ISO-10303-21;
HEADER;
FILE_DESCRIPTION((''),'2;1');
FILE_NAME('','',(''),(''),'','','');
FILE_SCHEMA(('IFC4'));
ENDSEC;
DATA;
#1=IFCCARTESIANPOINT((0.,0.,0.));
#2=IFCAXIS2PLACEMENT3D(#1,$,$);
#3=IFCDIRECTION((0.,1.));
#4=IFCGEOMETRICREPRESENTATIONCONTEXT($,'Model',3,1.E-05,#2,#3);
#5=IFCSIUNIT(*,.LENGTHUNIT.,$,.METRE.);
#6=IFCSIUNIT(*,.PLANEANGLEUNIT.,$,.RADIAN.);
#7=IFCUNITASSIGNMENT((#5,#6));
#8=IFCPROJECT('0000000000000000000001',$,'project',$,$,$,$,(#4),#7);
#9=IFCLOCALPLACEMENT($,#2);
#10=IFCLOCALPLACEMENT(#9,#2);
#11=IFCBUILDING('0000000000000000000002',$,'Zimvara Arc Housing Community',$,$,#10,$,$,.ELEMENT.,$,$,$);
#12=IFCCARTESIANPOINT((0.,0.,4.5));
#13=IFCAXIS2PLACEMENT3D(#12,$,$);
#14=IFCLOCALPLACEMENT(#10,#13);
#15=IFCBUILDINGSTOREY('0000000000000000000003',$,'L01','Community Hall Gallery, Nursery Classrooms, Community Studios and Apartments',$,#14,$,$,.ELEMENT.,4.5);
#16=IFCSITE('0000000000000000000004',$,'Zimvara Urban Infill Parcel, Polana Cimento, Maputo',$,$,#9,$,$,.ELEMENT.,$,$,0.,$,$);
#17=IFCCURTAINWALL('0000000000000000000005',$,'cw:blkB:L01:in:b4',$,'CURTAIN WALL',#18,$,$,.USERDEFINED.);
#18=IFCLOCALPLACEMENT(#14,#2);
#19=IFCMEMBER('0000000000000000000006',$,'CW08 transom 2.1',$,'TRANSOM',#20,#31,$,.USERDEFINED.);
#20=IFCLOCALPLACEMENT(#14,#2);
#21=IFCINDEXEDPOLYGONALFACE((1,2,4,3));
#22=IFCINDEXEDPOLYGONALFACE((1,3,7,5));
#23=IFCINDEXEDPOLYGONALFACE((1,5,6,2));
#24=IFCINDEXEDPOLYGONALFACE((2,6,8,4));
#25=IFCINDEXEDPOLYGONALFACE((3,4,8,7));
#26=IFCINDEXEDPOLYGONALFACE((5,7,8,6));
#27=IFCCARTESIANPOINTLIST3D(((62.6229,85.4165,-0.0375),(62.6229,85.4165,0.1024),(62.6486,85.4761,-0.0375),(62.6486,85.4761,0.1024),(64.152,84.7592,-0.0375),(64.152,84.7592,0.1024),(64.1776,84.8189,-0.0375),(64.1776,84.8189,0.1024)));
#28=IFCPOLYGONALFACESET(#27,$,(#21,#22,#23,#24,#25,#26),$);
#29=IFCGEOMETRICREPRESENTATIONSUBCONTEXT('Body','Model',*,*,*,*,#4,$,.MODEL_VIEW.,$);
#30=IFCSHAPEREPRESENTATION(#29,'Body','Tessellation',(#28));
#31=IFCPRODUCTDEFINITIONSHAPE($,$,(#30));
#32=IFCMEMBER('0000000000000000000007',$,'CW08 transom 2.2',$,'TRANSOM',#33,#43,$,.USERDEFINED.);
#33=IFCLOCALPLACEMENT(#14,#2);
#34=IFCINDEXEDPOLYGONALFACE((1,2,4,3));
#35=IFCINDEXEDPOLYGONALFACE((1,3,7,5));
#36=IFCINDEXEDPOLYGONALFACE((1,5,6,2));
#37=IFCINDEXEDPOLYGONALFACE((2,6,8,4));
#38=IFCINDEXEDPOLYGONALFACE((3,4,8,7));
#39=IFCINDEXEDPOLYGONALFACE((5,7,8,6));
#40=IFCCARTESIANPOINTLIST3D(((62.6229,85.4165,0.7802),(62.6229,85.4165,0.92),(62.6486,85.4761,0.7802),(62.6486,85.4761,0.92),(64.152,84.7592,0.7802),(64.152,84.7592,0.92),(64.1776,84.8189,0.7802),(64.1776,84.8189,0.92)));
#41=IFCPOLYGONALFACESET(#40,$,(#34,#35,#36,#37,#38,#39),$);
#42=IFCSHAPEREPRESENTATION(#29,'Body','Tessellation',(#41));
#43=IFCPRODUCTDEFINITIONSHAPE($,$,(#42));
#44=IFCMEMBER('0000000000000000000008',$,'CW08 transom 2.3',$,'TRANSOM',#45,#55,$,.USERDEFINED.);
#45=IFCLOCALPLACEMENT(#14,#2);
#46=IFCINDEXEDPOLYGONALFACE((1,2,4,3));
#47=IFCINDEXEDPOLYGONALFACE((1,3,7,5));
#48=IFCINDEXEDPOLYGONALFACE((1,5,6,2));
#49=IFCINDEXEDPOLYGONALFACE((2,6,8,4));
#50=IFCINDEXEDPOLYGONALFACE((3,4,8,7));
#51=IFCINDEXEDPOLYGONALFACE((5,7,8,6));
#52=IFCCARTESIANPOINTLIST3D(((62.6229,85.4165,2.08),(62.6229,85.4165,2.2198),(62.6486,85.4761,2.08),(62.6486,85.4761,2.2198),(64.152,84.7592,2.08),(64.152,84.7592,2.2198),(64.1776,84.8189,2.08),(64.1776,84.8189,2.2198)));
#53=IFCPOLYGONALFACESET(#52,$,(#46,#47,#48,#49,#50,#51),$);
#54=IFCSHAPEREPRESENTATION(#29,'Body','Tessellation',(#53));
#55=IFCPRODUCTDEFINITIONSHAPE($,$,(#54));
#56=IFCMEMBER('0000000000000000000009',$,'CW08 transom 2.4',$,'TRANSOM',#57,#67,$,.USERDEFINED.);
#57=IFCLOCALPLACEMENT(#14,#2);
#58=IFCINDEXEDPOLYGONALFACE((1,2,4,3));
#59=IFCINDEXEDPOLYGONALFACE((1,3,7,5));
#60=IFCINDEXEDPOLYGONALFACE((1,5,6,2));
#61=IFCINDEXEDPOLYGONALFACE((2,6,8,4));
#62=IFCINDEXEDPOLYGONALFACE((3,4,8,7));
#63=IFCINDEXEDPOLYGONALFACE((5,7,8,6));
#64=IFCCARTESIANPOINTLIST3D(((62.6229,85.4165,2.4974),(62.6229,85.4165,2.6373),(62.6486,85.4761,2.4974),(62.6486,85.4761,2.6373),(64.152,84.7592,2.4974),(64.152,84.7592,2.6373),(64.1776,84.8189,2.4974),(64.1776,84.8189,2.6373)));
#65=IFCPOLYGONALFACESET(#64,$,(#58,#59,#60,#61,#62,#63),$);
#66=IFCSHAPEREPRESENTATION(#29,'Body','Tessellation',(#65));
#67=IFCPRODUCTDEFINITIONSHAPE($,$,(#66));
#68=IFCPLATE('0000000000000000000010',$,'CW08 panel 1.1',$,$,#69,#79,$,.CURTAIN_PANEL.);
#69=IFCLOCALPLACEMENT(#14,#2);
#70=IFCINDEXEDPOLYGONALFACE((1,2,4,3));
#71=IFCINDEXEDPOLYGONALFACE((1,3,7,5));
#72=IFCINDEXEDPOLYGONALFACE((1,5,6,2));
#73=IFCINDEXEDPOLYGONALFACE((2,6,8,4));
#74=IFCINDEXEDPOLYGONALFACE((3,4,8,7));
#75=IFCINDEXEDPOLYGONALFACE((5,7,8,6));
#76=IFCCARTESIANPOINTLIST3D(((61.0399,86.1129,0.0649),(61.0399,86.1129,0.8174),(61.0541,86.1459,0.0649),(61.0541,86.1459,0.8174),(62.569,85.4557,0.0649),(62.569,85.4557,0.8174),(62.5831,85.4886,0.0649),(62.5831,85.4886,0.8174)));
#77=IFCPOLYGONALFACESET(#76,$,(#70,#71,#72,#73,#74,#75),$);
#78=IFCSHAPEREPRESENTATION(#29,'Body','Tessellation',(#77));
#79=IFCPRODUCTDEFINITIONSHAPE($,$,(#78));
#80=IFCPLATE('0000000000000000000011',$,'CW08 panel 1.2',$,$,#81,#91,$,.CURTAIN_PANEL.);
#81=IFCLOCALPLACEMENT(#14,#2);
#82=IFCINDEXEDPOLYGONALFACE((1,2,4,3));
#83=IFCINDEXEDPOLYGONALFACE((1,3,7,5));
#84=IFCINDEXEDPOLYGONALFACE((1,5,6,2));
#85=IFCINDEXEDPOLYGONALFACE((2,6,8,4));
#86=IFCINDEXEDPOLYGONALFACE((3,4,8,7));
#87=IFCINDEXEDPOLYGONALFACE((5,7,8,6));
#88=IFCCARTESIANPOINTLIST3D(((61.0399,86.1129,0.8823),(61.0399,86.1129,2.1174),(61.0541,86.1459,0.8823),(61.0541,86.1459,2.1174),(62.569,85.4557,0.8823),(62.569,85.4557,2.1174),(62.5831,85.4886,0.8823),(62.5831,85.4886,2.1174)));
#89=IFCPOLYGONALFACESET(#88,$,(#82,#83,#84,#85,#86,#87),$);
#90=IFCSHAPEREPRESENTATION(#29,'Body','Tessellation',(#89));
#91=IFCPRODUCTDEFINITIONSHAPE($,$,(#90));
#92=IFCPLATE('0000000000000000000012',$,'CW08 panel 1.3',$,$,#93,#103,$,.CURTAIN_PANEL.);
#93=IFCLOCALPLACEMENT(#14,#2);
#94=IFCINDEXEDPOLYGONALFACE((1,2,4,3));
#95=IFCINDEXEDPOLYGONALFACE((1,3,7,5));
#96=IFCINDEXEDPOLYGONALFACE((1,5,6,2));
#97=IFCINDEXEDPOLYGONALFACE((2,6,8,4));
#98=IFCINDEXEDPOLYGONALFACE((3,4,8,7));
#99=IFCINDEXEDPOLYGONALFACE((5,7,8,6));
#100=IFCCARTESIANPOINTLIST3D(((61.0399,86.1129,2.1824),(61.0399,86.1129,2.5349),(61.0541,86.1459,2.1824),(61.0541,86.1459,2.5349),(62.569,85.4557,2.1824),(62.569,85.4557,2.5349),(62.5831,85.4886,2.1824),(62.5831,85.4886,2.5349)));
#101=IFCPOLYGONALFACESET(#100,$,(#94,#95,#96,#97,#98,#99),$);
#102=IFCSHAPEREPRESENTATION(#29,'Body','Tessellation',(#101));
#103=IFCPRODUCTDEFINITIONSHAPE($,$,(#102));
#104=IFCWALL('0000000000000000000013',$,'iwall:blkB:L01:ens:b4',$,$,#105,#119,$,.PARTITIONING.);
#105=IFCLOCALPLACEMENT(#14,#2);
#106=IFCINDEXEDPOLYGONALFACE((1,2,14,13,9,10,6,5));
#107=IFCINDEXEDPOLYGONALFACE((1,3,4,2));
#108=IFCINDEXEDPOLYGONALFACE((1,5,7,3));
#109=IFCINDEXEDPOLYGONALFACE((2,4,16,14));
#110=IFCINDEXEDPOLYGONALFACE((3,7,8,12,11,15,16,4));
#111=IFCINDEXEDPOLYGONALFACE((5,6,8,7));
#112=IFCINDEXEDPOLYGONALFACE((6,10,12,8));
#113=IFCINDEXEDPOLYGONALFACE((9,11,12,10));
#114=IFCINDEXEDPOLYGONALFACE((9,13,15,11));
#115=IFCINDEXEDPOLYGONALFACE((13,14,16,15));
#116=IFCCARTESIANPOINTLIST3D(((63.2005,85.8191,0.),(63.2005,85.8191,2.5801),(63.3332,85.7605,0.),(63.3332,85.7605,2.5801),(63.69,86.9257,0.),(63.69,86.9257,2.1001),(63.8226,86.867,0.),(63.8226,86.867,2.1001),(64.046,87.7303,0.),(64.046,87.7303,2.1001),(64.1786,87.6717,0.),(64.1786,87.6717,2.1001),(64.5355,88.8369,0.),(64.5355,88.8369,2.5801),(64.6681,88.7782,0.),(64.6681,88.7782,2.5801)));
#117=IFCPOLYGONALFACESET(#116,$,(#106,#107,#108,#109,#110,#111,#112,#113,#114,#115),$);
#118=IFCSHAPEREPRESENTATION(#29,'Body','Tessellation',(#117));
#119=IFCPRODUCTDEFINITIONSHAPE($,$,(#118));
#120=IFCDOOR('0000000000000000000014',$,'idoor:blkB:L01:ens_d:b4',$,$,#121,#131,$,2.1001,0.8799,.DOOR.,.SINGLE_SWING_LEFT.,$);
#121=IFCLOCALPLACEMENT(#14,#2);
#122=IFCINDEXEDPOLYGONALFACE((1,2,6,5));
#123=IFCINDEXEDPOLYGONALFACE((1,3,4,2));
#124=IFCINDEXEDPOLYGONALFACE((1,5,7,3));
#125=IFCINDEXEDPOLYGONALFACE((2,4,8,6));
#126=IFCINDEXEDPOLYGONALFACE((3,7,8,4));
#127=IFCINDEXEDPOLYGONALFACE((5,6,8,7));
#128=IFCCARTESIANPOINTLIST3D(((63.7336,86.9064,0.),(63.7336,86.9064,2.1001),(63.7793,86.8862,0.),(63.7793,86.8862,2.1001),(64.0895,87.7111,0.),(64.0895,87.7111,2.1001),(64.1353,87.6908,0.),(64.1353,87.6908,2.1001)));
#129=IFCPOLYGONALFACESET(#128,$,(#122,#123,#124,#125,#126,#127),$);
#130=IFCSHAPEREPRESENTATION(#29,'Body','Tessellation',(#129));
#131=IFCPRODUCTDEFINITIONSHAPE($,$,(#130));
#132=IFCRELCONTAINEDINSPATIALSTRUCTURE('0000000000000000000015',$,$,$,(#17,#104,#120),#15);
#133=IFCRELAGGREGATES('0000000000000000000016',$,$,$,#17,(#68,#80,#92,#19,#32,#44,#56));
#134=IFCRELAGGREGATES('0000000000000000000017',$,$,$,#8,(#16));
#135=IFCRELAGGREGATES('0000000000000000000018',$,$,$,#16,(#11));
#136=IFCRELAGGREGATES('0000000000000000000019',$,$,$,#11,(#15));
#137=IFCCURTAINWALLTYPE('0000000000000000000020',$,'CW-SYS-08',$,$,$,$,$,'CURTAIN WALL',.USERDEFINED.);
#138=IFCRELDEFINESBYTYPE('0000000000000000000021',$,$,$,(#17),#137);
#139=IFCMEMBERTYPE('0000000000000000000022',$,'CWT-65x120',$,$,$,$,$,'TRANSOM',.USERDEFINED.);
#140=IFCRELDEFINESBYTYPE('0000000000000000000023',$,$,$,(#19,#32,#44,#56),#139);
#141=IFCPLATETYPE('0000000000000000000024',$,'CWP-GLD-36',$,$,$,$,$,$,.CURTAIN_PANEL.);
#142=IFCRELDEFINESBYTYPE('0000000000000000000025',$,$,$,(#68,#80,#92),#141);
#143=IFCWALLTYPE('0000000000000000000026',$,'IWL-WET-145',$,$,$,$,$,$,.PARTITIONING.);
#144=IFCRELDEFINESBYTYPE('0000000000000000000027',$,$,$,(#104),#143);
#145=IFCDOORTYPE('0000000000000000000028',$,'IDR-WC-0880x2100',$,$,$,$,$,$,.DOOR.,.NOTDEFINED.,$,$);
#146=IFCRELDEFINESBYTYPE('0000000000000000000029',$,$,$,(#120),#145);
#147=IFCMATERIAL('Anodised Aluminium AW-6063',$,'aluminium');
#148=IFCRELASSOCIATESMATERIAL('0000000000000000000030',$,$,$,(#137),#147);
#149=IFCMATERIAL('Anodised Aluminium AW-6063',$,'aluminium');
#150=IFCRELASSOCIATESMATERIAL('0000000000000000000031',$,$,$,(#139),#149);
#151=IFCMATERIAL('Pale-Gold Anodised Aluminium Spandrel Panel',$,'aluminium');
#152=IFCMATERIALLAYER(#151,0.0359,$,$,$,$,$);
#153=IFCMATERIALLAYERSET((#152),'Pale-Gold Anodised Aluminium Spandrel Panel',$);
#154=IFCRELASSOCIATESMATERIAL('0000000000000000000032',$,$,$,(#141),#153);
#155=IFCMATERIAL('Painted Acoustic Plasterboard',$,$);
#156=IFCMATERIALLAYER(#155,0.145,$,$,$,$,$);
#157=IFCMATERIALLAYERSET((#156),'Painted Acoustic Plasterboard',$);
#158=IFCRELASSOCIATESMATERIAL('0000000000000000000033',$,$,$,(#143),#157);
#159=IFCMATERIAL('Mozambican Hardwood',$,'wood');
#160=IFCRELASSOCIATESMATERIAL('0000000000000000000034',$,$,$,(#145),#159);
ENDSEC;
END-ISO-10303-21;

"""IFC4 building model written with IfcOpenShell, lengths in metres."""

from ifc_helpers import new_model, si_unit, direction, frame, frame_2d, origin, origin_2d, place, context, subcontext, project, spatial, rectangle, extrude, material, layer, layer_set, material_profile, profile_set, type_object, element, fill, aggregate, save


model = new_model("IFC4")

# Units and contexts
model_context = context("Model", 3, precision=1e-05, world=origin(), true_north=direction((0.0, 1.0)))
body_context = subcontext(model_context, "Body", "Model", "MODEL_VIEW")
ifc_project = project(units=[si_unit("LENGTHUNIT", "METRE"), si_unit("PLANEANGLEUNIT", "RADIAN")], contexts=[model_context])

# Site, building, storey
site_placement = place(None, origin())
site = spatial("IfcSite", under=ifc_project, at=site_placement, Name="Zimvara Urban Infill Parcel, Polana Cimento, Maputo", CompositionType="ELEMENT", RefElevation=0.0)
building_placement = place(site_placement, origin())
building = spatial("IfcBuilding", under=site, at=building_placement, Name="Zimvara Arc Housing Community", CompositionType="ELEMENT")
storey_placement = place(building_placement, frame((0.0, 0.0, 4.5)))
storey = spatial("IfcBuildingStorey", under=building, at=storey_placement, Name="L01", Description="Community Hall Gallery, Nursery Classrooms, Community Studios and Apartments", CompositionType="ELEMENT", Elevation=4.5)

# Curtain wall, members, plates
ifc_material_1 = material(Name="Anodised Aluminium AW-6063", Category="aluminium")
curtain_wall_type_1 = type_object("IfcCurtainWallType", Name="CW-SYS-08", ElementType="CURTAIN WALL", PredefinedType="USERDEFINED", material=ifc_material_1)
curtain_wall_1_placement = place(storey_placement, origin())
curtain_wall_1 = element("IfcCurtainWall", 1, at=curtain_wall_1_placement, inside=storey, type_object=curtain_wall_type_1, Name="cw:blkB:L01:in:b4", ObjectType="CURTAIN WALL", PredefinedType="USERDEFINED")
ifc_material_2 = material(Name="Anodised Aluminium AW-6063", Category="aluminium")
ifc_material_profile_1 = material_profile(ifc_material_2, rectangle(XDim=0.0649, YDim=0.1399, at=origin_2d()), Name="ALU 65x140")
ifc_profile_set_1 = profile_set([ifc_material_profile_1], Name="Anodised Aluminium AW-6063")
member_type_1 = type_object("IfcMemberType", Name="CWT-65x120", ElementType="TRANSOM", PredefinedType="USERDEFINED", material=ifc_profile_set_1)
member_1_placement = place(storey_placement, frame((62.6357, 85.4463, 0.0325), z_axis=(0.918727, -0.394893, 0.0), x_axis=(0.394893, 0.918727, 0.0)))
member_1 = element("IfcMember", 2, at=member_1_placement, type_object=member_type_1, Name="CW08 transom 2.1", ObjectType="TRANSOM", PredefinedType="USERDEFINED", context=body_context, shape_type="SweptSolid", body=[
    extrude(rectangle(XDim=0.0649, YDim=0.1399, at=origin_2d()), origin(), (0.0, 0.0, 1.0), 1.6643),
])
member_2_placement = place(storey_placement, frame((62.6357, 85.4463, 0.8501), z_axis=(0.918727, -0.394893, 0.0), x_axis=(0.394893, 0.918727, 0.0)))
member_2 = element("IfcMember", 3, at=member_2_placement, type_object=member_type_1, Name="CW08 transom 2.2", ObjectType="TRANSOM", PredefinedType="USERDEFINED", context=body_context, shape_type="SweptSolid", body=[
    extrude(rectangle(XDim=0.0649, YDim=0.1399, at=origin_2d()), origin(), (0.0, 0.0, 1.0), 1.6643),
])
member_3_placement = place(storey_placement, frame((62.6357, 85.4463, 2.1499), z_axis=(0.918727, -0.394893, 0.0), x_axis=(0.394893, 0.918727, 0.0)))
member_3 = element("IfcMember", 4, at=member_3_placement, type_object=member_type_1, Name="CW08 transom 2.3", ObjectType="TRANSOM", PredefinedType="USERDEFINED", context=body_context, shape_type="SweptSolid", body=[
    extrude(rectangle(XDim=0.0649, YDim=0.1399, at=origin_2d()), origin(), (0.0, 0.0, 1.0), 1.6643),
])
member_4_placement = place(storey_placement, frame((62.6357, 85.4463, 2.5674), z_axis=(0.918727, -0.394893, 0.0), x_axis=(0.394893, 0.918727, 0.0)))
member_4 = element("IfcMember", 5, at=member_4_placement, type_object=member_type_1, Name="CW08 transom 2.4", ObjectType="TRANSOM", PredefinedType="USERDEFINED", context=body_context, shape_type="SweptSolid", body=[
    extrude(rectangle(XDim=0.0649, YDim=0.1399, at=origin_2d()), origin(), (0.0, 0.0, 1.0), 1.6643),
])
ifc_material_3 = material(Name="Pale-Gold Anodised Aluminium Spandrel Panel", Category="aluminium")
ifc_layer_1 = layer(ifc_material_3, 0.0359)
ifc_layer_set_1 = layer_set([ifc_layer_1], Name="Pale-Gold Anodised Aluminium Spandrel Panel")
plate_type = type_object("IfcPlateType", Name="CWP-GLD-36", PredefinedType="CURTAIN_PANEL", material=ifc_layer_set_1)
plate_1_placement = place(storey_placement, frame((61.8115, 85.8008, 0.0649), z_axis=(0.0, 0.0, 1.0), x_axis=(0.918722, -0.394904, 0.0)))
plate_1 = element("IfcPlate", 6, at=plate_1_placement, type_object=plate_type, Name="CW08 panel 1.1", PredefinedType="CURTAIN_PANEL", context=body_context, shape_type="SweptSolid", body=[
    extrude(rectangle(XDim=1.6643, YDim=0.0359, at=origin_2d()), origin(), (0.0, 0.0, 1.0), 0.7524),
])
plate_2_placement = place(storey_placement, frame((61.8115, 85.8008, 0.8823), z_axis=(0.0, 0.0, 1.0), x_axis=(0.918722, -0.394904, 0.0)))
plate_2 = element("IfcPlate", 7, at=plate_2_placement, type_object=plate_type, Name="CW08 panel 1.2", PredefinedType="CURTAIN_PANEL", context=body_context, shape_type="SweptSolid", body=[
    extrude(rectangle(XDim=1.6643, YDim=0.0359, at=origin_2d()), origin(), (0.0, 0.0, 1.0), 1.2351),
])
plate_3_placement = place(storey_placement, frame((61.8115, 85.8008, 2.1824), z_axis=(0.0, 0.0, 1.0), x_axis=(0.918722, -0.394904, 0.0)))
plate_3 = element("IfcPlate", 8, at=plate_3_placement, type_object=plate_type, Name="CW08 panel 1.3", PredefinedType="CURTAIN_PANEL", context=body_context, shape_type="SweptSolid", body=[
    extrude(rectangle(XDim=1.6643, YDim=0.0359, at=origin_2d()), origin(), (0.0, 0.0, 1.0), 0.3525),
])
aggregate(curtain_wall_1, [plate_1, plate_2, plate_3, member_1, member_2, member_3, member_4])

# Wall, opening, door
ifc_material_4 = material(Name="Painted Acoustic Plasterboard")
ifc_layer_2 = layer(ifc_material_4, 0.145)
ifc_layer_set_2 = layer_set([ifc_layer_2], Name="Painted Acoustic Plasterboard")
wall_type = type_object("IfcWallType", Name="IWL-WET-145", PredefinedType="PARTITIONING", material=ifc_layer_set_2)
wall_placement = place(storey_placement, frame((63.2668, 85.7898, 0.0), z_axis=(0.0, 0.0, 1.0), x_axis=(0.404545, 0.914518, 0.0)))
wall = element("IfcWall", 9, at=wall_placement, inside=storey, type_object=wall_type, Name="iwall:blkB:L01:ens:b4", PredefinedType="PARTITIONING", context=body_context, shape_type="SweptSolid", body=[
    extrude(rectangle(XDim=3.2998, YDim=0.145, at=frame_2d((1.6499, 0.0))), origin(), (0.0, 0.0, 1.0), 2.5801),
])
opening_placement = place(wall_placement, frame((1.21, 0.0, 0.0)))
opening = element("IfcOpeningElement", 10, at=opening_placement, cuts=wall, PredefinedType="OPENING", context=body_context, shape_type="SweptSolid", body=[
    extrude(rectangle(XDim=0.8799, YDim=2.1001, at=frame_2d((0.4399, 1.05))), frame((0.0, 0.0825, 0.0), z_axis=(0.0, -1.0, 0.0), x_axis=(1.0, 0.0, 0.0)), (0.0, 0.0, 1.0), 0.165),
])
ifc_material_5 = material(Name="Mozambican Hardwood", Category="wood")
door_type = type_object("IfcDoorType", Name="IDR-WC-0880x2100", OperationType="NOTDEFINED", PredefinedType="DOOR", material=ifc_material_5)
door_placement = place(opening_placement, origin())
door = element("IfcDoor", 11, at=door_placement, inside=storey, type_object=door_type, Name="idoor:blkB:L01:ens_d:b4", OperationType="SINGLE_SWING_LEFT", OverallHeight=2.1001, OverallWidth=0.8799, PredefinedType="DOOR", context=body_context, shape_type="SweptSolid", body=[
    extrude(rectangle(XDim=0.8799, YDim=2.1001, at=frame_2d((0.4399, 1.05))), frame((0.0, 0.0249, 0.0), z_axis=(0.0, -1.0, 0.0), x_axis=(1.0, 0.0, 0.0)), (0.0, 0.0, 1.0), 0.05),
])
fill(opening, door)

save(model, "model.ifc")
